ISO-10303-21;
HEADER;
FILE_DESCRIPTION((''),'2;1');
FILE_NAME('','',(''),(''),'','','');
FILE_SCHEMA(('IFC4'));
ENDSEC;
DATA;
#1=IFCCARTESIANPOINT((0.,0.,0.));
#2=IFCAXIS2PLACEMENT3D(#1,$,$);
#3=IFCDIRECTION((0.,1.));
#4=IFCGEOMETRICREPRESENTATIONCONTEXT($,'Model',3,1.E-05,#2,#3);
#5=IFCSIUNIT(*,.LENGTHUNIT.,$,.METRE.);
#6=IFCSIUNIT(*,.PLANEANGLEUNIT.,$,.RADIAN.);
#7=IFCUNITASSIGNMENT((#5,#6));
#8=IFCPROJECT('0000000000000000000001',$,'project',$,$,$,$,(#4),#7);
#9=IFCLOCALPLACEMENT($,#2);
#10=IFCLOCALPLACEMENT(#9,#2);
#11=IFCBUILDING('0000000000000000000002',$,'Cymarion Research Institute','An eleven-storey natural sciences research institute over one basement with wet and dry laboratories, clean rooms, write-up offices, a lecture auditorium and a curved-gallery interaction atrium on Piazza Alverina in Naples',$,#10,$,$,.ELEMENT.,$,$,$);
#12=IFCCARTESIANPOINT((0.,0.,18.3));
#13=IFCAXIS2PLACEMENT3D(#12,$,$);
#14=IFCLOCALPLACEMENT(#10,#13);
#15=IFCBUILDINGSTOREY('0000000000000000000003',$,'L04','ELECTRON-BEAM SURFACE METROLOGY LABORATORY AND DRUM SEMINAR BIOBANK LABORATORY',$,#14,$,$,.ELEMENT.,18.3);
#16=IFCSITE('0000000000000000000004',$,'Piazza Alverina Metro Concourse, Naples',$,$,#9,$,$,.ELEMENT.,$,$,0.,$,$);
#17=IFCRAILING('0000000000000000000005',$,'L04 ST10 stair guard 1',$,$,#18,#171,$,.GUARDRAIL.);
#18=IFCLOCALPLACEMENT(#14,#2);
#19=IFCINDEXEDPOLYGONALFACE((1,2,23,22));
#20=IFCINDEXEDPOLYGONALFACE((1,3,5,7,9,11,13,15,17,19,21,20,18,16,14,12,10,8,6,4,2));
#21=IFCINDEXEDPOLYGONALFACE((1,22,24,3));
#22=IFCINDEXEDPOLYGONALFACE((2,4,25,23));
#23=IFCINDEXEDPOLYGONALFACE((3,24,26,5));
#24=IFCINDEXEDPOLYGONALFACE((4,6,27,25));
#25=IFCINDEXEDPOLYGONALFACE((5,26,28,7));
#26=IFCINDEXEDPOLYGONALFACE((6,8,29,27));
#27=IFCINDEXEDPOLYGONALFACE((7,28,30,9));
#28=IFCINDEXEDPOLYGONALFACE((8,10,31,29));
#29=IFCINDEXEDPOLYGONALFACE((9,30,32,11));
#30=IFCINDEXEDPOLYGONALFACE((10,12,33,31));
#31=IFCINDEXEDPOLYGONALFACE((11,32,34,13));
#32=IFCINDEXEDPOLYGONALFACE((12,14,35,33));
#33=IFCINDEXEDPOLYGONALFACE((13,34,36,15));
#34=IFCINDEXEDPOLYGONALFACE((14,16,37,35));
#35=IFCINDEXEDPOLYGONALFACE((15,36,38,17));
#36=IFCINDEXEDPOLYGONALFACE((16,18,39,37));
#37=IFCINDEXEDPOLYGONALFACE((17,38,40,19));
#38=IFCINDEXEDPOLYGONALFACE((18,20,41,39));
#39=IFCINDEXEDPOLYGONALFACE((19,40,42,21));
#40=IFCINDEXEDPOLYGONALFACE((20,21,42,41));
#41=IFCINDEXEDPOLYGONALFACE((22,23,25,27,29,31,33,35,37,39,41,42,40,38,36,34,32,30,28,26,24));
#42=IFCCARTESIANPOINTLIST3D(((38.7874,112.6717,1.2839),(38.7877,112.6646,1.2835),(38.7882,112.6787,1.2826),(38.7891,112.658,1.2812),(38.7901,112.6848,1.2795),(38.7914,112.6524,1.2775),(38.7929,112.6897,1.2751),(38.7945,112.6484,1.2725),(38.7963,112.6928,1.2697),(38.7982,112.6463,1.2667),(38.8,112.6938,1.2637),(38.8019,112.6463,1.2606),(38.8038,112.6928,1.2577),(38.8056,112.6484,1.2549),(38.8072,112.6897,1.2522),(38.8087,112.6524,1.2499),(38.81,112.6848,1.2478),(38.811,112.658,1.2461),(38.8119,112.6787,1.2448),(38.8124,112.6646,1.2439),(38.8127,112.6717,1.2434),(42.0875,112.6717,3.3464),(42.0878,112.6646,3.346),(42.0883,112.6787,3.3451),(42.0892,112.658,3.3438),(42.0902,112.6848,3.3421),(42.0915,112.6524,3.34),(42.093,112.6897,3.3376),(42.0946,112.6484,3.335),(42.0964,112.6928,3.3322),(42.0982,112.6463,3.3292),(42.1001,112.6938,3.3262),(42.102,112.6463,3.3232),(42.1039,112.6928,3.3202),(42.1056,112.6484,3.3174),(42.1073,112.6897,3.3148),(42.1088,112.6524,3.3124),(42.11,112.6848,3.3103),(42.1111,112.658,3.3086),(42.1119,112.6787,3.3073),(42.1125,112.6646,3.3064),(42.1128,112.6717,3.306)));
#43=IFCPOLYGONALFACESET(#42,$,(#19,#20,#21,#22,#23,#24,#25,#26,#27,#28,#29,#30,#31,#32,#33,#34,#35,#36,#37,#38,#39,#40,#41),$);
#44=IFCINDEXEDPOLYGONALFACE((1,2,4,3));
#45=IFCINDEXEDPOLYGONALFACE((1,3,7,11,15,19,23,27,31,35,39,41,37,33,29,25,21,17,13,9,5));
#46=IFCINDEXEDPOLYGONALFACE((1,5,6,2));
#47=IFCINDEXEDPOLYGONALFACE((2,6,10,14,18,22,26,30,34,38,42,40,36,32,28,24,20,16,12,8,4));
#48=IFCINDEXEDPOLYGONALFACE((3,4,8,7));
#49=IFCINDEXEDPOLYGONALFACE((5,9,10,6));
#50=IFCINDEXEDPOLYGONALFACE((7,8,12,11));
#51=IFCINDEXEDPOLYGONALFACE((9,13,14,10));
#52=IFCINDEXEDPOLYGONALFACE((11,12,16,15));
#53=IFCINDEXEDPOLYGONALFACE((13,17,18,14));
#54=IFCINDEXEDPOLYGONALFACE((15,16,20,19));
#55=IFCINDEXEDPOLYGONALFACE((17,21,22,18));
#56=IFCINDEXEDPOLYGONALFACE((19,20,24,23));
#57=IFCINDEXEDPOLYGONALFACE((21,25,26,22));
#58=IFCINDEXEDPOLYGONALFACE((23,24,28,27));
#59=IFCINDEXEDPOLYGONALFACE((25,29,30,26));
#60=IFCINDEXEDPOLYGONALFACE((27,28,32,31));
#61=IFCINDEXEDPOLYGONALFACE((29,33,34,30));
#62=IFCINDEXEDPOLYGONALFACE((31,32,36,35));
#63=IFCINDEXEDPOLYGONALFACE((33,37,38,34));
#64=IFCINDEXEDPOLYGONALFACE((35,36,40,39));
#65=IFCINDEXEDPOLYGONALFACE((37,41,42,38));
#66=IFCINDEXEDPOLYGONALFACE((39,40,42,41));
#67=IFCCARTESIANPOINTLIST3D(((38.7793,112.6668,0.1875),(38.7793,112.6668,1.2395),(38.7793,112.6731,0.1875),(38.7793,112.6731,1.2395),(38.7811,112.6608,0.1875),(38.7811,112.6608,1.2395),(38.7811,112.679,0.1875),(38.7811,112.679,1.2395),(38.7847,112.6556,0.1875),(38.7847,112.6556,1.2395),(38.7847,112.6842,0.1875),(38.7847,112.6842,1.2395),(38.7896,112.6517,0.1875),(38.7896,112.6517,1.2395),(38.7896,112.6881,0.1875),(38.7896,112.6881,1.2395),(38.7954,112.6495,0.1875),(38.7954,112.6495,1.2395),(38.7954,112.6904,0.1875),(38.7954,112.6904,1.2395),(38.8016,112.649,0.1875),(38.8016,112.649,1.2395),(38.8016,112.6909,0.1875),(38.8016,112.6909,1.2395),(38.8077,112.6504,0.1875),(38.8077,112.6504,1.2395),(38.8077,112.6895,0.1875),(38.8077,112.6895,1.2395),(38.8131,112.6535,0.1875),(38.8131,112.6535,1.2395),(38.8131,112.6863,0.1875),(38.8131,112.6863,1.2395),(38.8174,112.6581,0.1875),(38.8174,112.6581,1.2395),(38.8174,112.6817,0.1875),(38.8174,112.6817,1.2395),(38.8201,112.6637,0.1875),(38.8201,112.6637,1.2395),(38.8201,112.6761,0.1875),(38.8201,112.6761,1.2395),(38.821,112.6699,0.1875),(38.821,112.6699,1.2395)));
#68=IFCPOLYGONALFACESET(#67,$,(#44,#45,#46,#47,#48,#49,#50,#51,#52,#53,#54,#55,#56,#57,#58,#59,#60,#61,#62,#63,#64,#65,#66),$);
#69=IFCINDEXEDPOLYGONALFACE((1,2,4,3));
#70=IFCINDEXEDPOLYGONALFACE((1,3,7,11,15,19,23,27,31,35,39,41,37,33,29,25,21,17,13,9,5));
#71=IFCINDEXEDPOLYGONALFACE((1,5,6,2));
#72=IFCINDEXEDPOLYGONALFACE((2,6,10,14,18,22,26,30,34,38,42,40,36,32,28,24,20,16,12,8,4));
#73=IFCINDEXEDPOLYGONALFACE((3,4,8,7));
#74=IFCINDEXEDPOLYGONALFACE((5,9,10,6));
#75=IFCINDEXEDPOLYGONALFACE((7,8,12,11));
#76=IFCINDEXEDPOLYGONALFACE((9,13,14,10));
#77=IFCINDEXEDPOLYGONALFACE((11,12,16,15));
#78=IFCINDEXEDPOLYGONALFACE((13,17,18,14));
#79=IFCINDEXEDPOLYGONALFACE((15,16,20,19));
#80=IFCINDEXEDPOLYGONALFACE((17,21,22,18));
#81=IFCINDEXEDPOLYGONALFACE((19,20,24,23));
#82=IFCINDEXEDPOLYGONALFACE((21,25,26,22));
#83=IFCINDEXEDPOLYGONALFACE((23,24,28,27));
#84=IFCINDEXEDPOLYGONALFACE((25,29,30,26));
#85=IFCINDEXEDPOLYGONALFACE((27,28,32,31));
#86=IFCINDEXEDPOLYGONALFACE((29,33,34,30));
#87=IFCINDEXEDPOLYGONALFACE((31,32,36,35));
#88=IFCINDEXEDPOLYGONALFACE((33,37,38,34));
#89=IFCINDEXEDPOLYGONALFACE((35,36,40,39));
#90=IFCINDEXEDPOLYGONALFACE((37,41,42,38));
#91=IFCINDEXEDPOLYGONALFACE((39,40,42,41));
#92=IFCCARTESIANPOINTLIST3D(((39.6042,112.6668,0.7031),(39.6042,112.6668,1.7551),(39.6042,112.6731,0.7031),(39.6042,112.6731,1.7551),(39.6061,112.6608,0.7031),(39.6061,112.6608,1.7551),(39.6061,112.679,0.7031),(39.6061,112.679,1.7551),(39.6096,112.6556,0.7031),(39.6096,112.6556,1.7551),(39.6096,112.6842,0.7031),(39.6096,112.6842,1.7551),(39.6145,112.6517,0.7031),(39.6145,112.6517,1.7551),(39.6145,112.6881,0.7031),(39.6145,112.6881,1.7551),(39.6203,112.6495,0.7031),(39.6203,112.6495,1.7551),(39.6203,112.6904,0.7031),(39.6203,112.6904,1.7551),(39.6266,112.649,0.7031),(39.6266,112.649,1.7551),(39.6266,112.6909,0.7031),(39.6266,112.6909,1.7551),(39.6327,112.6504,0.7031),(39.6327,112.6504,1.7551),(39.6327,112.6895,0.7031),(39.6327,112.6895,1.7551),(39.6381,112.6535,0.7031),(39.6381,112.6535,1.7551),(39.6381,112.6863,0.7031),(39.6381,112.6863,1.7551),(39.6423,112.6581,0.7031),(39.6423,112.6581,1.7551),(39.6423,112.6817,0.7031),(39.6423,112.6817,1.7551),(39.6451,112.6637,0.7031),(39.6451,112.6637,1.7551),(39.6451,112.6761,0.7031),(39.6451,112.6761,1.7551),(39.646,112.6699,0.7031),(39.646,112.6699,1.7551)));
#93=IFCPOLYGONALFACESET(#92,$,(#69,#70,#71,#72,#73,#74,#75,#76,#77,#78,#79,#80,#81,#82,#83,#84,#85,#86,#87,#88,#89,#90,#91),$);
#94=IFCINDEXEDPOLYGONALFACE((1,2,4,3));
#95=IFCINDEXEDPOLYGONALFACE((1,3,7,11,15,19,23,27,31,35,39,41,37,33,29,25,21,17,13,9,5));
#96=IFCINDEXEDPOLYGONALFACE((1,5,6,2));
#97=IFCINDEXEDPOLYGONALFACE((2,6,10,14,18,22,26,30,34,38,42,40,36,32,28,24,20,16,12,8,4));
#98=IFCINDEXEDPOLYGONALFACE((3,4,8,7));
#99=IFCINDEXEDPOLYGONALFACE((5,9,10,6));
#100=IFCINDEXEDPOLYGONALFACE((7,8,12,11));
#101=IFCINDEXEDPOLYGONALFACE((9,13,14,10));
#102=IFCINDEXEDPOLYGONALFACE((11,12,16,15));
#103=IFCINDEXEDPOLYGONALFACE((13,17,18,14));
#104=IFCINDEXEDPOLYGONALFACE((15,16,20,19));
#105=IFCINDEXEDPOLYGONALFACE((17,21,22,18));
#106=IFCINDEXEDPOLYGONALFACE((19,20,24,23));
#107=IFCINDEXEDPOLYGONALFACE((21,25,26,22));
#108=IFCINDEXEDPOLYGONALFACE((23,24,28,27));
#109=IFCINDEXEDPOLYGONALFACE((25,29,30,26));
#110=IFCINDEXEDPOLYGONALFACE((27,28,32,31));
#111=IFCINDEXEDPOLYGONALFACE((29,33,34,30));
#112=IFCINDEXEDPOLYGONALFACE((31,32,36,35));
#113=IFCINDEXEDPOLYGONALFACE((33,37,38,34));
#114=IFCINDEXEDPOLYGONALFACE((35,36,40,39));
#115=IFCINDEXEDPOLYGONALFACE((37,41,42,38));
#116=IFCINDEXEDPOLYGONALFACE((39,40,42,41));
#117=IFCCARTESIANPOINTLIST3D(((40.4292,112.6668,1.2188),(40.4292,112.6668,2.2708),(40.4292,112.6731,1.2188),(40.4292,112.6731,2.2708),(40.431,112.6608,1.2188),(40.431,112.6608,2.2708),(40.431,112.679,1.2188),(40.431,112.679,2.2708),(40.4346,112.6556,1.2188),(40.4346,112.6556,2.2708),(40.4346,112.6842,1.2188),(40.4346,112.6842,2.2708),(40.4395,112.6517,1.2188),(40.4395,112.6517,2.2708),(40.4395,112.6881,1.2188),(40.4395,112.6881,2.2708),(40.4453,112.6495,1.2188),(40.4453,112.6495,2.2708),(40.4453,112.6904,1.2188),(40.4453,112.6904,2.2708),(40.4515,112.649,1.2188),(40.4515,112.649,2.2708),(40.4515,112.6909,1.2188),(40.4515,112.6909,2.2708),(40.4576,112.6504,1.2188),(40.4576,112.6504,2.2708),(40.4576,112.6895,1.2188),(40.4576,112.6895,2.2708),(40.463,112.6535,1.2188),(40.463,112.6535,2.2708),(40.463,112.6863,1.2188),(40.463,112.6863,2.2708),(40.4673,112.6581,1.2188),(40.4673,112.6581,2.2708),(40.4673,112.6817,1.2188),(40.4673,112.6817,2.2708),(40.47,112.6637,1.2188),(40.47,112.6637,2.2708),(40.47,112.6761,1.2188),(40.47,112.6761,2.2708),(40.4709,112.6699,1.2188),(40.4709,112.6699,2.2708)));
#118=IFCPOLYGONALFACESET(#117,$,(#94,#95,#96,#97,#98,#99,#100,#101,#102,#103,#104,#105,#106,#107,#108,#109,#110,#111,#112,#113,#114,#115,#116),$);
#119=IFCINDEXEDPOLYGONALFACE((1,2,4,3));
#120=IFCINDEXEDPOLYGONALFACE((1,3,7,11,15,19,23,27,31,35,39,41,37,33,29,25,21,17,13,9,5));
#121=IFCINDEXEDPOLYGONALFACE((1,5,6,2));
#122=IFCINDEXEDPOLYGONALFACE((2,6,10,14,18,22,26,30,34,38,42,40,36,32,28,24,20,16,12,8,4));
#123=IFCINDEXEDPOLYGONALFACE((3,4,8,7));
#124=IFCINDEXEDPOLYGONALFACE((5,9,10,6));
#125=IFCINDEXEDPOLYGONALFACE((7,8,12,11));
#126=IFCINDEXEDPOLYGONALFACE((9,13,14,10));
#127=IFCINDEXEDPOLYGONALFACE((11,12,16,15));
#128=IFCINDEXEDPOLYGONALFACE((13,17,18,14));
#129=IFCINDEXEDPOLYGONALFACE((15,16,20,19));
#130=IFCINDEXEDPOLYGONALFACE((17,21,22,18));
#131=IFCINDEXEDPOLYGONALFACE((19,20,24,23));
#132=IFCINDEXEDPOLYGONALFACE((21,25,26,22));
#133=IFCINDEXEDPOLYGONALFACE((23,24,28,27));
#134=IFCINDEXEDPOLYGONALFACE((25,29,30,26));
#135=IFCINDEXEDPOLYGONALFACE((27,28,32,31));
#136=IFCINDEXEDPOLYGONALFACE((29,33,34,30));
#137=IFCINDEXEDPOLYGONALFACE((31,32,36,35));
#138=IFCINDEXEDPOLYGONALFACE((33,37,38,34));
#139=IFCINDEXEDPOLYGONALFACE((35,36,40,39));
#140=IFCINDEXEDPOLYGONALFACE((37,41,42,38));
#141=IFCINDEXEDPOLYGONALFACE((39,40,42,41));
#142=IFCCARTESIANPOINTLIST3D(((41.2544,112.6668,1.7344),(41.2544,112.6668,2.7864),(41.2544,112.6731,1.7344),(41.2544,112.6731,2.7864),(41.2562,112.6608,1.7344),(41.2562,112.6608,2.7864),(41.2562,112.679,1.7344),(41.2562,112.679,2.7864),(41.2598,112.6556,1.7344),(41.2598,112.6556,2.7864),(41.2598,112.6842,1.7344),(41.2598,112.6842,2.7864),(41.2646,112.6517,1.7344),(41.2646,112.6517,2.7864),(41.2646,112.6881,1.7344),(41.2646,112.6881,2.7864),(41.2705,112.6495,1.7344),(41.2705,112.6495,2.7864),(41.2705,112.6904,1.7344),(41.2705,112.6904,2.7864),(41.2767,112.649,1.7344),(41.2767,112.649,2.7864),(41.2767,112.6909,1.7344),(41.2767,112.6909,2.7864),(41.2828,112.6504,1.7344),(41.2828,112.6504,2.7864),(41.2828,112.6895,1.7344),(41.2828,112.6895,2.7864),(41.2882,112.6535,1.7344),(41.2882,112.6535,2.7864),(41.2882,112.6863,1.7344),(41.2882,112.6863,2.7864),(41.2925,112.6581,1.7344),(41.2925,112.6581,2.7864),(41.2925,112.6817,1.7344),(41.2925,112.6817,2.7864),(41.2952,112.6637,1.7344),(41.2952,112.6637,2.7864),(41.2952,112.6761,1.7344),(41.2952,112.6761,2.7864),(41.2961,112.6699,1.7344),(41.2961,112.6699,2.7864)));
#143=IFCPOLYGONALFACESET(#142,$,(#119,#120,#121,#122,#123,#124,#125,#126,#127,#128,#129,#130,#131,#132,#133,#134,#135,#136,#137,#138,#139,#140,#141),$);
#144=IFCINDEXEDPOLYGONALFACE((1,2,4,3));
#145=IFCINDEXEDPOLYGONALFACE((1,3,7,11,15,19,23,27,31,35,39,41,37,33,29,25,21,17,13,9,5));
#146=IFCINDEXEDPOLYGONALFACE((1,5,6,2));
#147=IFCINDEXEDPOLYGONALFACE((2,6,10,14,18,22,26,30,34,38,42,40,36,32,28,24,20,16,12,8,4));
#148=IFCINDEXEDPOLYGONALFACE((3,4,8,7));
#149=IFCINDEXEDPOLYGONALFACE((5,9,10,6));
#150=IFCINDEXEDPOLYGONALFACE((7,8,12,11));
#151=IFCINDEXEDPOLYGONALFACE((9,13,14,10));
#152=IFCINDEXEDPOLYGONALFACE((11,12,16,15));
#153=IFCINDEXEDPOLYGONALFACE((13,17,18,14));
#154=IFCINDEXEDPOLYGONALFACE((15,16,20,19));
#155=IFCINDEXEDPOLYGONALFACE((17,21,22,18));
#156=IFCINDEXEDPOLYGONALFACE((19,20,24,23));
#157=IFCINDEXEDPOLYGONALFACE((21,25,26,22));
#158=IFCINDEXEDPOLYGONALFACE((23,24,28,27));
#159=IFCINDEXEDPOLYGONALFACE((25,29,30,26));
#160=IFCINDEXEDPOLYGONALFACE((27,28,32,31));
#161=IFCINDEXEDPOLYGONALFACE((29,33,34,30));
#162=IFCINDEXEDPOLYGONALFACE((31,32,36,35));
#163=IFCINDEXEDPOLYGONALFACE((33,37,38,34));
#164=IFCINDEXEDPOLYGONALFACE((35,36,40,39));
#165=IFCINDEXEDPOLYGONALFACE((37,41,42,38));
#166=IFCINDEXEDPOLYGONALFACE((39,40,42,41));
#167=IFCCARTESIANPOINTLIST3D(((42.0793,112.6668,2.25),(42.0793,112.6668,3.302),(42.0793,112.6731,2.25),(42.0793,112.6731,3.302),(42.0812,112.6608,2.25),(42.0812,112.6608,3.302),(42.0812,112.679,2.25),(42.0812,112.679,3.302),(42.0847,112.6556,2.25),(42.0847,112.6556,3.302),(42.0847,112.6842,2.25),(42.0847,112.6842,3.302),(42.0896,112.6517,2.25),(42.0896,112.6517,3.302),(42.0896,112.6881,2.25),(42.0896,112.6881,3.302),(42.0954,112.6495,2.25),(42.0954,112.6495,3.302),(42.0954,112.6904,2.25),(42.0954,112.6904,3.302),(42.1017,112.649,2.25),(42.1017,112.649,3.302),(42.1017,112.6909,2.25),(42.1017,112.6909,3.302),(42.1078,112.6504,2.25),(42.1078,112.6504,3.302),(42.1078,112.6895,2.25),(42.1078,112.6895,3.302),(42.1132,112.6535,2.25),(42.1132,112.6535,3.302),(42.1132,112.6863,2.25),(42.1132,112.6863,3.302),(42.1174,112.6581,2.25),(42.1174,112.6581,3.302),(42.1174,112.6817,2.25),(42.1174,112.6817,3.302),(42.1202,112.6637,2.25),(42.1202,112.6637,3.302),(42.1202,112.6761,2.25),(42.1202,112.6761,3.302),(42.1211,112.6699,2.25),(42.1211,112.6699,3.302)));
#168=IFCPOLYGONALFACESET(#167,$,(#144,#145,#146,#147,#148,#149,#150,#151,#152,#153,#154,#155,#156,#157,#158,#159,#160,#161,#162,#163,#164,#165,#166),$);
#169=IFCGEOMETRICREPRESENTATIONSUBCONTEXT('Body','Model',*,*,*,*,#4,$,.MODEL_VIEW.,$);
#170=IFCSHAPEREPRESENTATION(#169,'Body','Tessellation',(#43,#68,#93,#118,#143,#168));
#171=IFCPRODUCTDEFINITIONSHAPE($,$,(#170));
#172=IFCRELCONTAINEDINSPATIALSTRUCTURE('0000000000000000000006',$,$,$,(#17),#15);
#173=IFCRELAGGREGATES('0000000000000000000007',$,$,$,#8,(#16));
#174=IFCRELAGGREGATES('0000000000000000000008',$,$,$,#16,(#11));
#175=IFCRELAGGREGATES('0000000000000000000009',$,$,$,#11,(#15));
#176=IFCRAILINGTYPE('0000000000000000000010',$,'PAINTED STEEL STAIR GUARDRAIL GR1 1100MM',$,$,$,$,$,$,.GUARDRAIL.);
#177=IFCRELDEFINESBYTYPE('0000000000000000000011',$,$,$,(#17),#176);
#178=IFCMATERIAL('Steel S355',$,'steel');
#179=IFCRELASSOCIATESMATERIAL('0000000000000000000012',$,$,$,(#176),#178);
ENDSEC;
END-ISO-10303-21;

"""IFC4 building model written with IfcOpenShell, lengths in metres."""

from ifc_helpers import new_model, si_unit, direction, frame, origin, origin_2d, place, context, subcontext, project, spatial, circle, extrude, material, type_object, element, save


model = new_model("IFC4")

# Units and contexts
model_context = context("Model", 3, precision=1e-05, world=origin(), true_north=direction((0.0, 1.0)))
body_context = subcontext(model_context, "Body", "Model", "MODEL_VIEW")
ifc_project = project(units=[si_unit("LENGTHUNIT", "METRE"), si_unit("PLANEANGLEUNIT", "RADIAN")], contexts=[model_context])

# Site, building, storey
site_placement = place(None, origin())
site = spatial("IfcSite", under=ifc_project, at=site_placement, Name="Piazza Alverina Metro Concourse, Naples", CompositionType="ELEMENT", RefElevation=0.0)
building_placement = place(site_placement, origin())
building = spatial("IfcBuilding", under=site, at=building_placement, Name="Cymarion Research Institute", Description="An eleven-storey natural sciences research institute over one basement with wet and dry laboratories, clean rooms, write-up offices, a lecture auditorium and a curved-gallery interaction atrium on Piazza Alverina in Naples", CompositionType="ELEMENT")
storey_placement = place(building_placement, frame((0.0, 0.0, 18.3)))
storey = spatial("IfcBuildingStorey", under=building, at=storey_placement, Name="L04", Description="ELECTRON-BEAM SURFACE METROLOGY LABORATORY AND DRUM SEMINAR BIOBANK LABORATORY", CompositionType="ELEMENT", Elevation=18.3)

# Shared definitions
ifc_material_1 = material(Name="Steel S355", Category="steel")

# Railing
railing_type_1 = type_object("IfcRailingType", Name="PAINTED STEEL STAIR GUARDRAIL GR1 1100MM", PredefinedType="GUARDRAIL", material=ifc_material_1)
railing_1_placement = place(storey_placement, frame((38.8, 112.6699, 0.1875)))
element("IfcRailing", 1, at=railing_1_placement, inside=storey, type_object=railing_type_1, Name="L04 ST10 stair guard 1", PredefinedType="GUARDRAIL", context=body_context, shape_type="SweptSolid", body=[
    extrude(circle(Radius=0.0239, at=origin_2d()), frame((0.0, 0.0, 1.0762), z_axis=(0.848002, 0.0, 0.529993), x_axis=(0.0, 1.0, 0.0)), (0.0, 0.0, 1.0), 3.8916),
    extrude(circle(Radius=0.021, at=origin_2d()), origin(), (0.0, 0.0, 1.0), 1.052),
    extrude(circle(Radius=0.021, at=origin_2d()), frame((0.825, 0.0, 0.5156)), (0.0, 0.0, 1.0), 1.052),
    extrude(circle(Radius=0.021, at=origin_2d()), frame((1.6499, 0.0, 1.0312)), (0.0, 0.0, 1.0), 1.052),
    extrude(circle(Radius=0.021, at=origin_2d()), frame((2.4751, 0.0, 1.5469)), (0.0, 0.0, 1.0), 1.052),
    extrude(circle(Radius=0.021, at=origin_2d()), frame((3.3, 0.0, 2.0625)), (0.0, 0.0, 1.0), 1.052),
])

save(model, "model.ifc")
